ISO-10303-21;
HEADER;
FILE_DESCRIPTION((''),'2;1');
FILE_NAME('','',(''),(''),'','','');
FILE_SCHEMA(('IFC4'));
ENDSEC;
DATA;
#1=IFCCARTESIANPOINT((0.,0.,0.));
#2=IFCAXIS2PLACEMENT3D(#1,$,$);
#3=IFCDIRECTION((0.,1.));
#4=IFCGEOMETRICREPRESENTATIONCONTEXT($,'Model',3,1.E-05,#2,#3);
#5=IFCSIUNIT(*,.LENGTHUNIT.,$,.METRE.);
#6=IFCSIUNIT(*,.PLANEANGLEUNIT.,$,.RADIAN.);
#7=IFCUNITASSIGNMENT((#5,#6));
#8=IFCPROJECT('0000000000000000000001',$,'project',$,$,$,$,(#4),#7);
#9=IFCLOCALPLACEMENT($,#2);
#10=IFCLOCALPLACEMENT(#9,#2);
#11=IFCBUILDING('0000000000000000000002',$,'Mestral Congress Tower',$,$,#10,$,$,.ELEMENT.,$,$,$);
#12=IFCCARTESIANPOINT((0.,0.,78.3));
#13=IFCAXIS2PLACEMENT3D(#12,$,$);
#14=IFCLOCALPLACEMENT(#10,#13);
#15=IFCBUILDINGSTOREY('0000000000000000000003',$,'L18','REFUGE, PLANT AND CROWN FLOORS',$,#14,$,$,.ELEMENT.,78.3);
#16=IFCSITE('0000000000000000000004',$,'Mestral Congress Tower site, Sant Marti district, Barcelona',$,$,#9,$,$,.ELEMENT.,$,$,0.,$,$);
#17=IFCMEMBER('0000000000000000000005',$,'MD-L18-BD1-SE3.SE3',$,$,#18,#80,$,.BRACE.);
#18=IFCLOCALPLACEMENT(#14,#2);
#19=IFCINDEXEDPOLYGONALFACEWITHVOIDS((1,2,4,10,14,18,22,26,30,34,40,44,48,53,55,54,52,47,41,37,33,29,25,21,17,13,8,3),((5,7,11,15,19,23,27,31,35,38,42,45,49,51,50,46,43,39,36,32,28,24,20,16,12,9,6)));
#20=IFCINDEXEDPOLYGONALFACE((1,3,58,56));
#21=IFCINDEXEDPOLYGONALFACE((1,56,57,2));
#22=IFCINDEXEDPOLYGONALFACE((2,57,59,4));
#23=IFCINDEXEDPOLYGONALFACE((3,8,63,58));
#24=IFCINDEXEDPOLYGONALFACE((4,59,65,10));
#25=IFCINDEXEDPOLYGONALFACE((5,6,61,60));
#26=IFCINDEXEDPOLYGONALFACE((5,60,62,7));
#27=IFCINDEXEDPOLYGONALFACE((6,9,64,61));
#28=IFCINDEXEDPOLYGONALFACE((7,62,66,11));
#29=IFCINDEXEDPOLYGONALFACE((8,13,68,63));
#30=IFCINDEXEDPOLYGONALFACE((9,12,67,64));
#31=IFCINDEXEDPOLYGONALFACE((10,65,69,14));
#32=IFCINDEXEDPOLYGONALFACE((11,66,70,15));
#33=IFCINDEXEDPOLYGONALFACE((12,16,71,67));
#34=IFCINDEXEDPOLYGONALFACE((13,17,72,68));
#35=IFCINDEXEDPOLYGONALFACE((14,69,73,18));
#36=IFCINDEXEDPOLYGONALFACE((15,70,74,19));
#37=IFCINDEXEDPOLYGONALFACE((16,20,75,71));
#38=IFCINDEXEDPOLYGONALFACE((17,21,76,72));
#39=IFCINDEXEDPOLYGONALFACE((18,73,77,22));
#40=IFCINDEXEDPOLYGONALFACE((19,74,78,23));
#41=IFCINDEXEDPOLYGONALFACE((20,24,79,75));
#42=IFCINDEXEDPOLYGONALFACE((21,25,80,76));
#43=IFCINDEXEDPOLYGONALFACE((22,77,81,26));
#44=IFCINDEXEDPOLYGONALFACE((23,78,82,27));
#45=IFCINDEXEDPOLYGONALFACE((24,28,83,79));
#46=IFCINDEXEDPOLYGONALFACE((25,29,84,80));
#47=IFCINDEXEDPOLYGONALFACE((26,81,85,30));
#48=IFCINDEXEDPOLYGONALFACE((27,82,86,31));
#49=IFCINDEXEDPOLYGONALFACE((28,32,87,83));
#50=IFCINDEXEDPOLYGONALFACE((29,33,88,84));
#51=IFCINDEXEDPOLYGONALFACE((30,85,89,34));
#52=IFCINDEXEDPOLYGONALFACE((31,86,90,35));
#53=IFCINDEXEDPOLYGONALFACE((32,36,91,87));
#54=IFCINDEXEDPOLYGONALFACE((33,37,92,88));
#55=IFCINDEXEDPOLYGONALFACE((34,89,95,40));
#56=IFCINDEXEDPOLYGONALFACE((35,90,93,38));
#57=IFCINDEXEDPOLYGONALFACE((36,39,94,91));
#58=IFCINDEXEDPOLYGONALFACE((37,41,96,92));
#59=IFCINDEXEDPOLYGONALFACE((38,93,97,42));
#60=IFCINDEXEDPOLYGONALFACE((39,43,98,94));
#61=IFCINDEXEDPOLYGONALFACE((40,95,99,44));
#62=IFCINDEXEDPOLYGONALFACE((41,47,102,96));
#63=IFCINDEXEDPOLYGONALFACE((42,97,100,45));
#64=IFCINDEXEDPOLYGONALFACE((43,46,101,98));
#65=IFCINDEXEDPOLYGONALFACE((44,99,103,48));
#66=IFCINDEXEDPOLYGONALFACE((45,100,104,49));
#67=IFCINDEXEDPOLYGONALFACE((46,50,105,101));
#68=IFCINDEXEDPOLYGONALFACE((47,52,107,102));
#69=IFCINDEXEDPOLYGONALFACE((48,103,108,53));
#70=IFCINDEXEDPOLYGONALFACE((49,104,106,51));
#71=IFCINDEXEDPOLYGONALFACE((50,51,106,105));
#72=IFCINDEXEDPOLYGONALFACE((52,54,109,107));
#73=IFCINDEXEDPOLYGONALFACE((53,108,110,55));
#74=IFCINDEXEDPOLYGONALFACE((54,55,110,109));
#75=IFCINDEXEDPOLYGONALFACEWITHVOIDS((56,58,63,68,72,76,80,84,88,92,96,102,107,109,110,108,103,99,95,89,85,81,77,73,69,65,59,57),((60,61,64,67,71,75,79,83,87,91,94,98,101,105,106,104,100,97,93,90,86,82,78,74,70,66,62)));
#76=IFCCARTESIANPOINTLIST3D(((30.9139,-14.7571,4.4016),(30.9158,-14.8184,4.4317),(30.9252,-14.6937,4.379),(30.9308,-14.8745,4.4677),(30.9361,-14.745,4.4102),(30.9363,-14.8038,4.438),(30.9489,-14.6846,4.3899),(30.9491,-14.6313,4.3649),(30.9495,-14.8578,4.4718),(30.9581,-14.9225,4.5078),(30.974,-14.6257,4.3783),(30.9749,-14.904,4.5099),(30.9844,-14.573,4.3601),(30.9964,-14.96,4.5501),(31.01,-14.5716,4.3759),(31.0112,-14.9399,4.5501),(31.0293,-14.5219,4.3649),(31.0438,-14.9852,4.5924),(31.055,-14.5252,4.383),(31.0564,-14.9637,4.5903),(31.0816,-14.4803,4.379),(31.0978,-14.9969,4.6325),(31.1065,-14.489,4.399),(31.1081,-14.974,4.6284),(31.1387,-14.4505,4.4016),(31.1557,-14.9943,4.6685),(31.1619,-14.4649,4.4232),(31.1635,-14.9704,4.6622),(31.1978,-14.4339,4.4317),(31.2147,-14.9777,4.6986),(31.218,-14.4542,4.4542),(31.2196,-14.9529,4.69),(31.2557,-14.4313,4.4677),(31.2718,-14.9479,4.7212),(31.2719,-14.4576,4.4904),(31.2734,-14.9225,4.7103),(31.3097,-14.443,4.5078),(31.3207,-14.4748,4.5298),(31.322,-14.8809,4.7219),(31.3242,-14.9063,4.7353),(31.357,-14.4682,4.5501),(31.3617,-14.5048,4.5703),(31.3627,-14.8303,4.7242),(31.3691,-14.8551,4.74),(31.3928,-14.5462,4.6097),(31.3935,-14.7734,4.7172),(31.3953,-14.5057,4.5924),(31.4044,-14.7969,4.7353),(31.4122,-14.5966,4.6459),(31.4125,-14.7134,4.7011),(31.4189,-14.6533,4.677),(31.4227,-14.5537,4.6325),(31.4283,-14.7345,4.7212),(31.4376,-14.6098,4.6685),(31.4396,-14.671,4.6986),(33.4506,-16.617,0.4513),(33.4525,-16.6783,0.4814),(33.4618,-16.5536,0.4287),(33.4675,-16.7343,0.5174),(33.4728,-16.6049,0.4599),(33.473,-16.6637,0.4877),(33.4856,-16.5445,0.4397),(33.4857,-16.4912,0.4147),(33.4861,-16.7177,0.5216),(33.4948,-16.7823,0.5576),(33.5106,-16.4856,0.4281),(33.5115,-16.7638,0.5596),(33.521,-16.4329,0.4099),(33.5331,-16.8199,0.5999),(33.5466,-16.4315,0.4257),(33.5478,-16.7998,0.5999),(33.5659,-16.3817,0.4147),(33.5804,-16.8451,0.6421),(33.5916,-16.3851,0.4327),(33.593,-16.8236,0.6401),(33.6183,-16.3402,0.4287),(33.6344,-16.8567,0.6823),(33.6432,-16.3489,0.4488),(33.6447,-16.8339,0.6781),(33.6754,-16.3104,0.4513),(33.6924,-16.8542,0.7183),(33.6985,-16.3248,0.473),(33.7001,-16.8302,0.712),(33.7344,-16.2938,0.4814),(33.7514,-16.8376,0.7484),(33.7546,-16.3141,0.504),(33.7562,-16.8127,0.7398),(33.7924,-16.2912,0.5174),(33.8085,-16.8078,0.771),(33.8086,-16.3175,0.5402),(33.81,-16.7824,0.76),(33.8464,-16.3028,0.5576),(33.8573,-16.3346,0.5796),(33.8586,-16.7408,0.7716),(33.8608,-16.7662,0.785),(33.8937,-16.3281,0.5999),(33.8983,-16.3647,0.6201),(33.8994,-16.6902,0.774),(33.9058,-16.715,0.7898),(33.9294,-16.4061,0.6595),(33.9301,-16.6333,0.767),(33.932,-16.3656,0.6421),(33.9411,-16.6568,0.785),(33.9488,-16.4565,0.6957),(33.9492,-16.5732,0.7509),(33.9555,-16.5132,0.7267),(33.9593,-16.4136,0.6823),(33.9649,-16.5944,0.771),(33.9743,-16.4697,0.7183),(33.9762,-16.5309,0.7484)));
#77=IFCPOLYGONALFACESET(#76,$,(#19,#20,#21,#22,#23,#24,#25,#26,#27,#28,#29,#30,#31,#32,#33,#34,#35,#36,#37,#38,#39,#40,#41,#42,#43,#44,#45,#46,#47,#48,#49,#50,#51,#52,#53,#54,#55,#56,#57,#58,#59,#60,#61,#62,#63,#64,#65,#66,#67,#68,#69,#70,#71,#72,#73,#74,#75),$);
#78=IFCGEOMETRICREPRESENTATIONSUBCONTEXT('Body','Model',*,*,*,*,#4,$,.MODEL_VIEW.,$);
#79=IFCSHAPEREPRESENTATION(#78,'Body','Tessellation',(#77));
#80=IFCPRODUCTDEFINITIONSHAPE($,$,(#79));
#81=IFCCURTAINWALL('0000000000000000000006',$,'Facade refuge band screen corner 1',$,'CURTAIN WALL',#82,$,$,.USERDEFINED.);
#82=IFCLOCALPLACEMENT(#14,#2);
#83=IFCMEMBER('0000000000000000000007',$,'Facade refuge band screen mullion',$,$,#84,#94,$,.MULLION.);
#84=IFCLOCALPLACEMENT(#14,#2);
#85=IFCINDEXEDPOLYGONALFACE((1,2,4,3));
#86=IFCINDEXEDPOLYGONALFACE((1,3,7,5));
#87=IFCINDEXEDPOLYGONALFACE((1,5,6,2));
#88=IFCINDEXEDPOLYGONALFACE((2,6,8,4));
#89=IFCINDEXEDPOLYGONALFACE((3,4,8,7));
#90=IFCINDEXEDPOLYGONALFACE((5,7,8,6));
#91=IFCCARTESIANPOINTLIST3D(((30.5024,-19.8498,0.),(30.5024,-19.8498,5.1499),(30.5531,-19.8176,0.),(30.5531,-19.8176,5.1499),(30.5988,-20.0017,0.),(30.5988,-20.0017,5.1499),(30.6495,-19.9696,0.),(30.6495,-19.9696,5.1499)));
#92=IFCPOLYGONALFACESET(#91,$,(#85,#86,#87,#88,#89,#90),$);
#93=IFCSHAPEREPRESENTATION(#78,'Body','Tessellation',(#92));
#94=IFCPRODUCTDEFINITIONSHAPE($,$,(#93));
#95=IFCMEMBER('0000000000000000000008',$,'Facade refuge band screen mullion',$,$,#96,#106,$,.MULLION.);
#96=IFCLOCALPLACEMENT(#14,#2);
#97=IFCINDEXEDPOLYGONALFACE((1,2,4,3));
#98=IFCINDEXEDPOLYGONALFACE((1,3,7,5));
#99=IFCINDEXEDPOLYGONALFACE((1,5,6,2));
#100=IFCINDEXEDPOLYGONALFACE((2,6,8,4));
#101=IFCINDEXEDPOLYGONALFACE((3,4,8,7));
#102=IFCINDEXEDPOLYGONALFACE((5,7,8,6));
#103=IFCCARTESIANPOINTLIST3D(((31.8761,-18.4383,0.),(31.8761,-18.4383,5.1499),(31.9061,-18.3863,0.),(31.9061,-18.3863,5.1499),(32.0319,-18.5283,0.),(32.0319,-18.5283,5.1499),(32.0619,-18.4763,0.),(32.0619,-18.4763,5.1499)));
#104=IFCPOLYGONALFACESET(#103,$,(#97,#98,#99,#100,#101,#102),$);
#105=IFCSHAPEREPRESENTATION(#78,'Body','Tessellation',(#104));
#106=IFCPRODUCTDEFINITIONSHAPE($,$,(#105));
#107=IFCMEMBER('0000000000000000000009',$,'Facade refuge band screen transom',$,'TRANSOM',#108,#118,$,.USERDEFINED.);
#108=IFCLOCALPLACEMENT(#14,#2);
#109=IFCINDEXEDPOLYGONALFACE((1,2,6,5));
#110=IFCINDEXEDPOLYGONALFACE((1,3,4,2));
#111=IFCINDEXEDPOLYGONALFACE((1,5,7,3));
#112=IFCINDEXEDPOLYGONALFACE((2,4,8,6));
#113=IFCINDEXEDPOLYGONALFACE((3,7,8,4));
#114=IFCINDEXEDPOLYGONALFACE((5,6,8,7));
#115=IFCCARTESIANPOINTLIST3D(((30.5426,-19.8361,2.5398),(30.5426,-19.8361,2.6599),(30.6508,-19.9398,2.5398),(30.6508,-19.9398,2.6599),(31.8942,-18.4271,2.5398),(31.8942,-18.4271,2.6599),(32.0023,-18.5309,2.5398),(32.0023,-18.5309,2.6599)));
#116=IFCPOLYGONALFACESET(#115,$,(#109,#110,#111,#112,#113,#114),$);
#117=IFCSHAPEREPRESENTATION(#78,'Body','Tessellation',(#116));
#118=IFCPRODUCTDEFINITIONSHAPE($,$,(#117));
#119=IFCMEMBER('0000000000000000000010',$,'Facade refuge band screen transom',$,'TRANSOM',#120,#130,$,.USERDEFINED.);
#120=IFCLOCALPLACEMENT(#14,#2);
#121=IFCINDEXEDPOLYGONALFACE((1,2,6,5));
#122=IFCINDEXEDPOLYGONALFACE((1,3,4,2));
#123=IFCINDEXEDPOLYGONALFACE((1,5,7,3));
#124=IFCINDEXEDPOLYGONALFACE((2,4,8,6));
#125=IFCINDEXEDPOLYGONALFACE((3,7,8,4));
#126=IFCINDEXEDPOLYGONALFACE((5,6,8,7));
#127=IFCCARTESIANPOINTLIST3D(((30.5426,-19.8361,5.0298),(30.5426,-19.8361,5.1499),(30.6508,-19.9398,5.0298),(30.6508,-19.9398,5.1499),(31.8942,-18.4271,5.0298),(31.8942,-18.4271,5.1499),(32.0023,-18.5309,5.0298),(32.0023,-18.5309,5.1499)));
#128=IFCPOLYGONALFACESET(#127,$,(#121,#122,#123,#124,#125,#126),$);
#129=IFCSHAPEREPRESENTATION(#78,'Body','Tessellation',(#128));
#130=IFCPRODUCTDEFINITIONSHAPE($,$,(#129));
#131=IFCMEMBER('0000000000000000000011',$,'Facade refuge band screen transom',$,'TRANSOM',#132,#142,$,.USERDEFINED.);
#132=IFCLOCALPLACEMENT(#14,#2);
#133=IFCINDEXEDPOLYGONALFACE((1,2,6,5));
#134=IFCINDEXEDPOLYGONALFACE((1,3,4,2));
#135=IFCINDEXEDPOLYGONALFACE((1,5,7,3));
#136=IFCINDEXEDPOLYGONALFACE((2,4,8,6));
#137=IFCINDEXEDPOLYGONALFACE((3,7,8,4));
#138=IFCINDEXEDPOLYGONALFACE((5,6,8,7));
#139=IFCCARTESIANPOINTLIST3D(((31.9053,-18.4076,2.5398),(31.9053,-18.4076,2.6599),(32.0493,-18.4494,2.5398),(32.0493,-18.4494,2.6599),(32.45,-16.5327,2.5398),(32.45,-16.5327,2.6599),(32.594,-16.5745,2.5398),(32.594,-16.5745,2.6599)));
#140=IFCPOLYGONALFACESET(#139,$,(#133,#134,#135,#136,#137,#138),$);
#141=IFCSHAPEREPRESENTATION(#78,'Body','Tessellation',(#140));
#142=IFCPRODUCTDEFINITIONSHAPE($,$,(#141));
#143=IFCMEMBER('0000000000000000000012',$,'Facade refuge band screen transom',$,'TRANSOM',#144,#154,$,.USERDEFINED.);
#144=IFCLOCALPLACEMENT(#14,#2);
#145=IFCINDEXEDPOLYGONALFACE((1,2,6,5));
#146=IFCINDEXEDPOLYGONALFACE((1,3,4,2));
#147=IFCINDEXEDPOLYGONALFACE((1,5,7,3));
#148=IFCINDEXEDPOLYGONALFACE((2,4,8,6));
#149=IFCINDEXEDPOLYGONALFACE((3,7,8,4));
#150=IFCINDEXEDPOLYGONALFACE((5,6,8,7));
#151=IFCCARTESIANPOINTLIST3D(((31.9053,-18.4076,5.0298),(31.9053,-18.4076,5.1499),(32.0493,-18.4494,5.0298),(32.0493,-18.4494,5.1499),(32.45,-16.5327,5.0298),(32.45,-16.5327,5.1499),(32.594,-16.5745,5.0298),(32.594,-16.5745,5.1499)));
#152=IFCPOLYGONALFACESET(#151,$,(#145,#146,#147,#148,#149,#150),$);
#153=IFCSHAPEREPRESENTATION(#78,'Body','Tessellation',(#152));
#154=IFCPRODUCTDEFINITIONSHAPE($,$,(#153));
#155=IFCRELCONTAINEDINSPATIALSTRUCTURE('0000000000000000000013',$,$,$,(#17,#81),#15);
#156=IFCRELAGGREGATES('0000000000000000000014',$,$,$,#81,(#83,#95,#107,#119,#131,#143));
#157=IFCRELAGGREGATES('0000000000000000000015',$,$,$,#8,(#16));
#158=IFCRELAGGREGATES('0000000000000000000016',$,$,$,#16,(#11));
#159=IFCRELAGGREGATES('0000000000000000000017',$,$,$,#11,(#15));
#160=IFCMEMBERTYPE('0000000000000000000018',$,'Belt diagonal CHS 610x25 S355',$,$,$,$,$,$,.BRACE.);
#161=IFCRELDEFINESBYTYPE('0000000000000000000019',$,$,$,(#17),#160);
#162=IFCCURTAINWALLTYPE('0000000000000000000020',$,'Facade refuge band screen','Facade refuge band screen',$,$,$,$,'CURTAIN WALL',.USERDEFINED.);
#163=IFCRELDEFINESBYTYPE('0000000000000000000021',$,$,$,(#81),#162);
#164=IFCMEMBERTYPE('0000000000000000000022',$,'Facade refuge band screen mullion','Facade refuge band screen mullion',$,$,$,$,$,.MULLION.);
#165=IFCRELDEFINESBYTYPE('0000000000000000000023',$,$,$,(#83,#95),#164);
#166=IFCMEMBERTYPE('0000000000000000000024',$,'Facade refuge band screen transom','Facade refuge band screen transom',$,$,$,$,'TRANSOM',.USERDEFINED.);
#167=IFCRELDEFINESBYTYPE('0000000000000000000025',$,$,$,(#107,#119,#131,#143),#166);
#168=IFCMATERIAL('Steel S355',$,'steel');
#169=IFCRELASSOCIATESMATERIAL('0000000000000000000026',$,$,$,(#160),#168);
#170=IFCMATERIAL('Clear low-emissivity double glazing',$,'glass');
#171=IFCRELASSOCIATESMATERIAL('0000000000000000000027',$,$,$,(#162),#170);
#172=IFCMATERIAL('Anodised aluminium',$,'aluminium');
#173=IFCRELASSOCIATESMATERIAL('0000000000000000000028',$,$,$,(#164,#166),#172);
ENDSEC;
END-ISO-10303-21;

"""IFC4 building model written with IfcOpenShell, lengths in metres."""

from ifc_helpers import new_model, si_unit, direction, frame, origin, origin_2d, place, context, subcontext, project, spatial, rectangle, hollow_circle, extrude, material, material_profile, profile_set, type_object, element, aggregate, save


model = new_model("IFC4")

# Units and contexts
model_context = context("Model", 3, precision=1e-05, world=origin(), true_north=direction((0.0, 1.0)))
body_context = subcontext(model_context, "Body", "Model", "MODEL_VIEW")
ifc_project = project(units=[si_unit("LENGTHUNIT", "METRE"), si_unit("PLANEANGLEUNIT", "RADIAN")], contexts=[model_context])

# Site, building, storey
site_placement = place(None, origin())
site = spatial("IfcSite", under=ifc_project, at=site_placement, Name="Mestral Congress Tower site, Sant Marti district, Barcelona", CompositionType="ELEMENT", RefElevation=0.0)
building_placement = place(site_placement, origin())
building = spatial("IfcBuilding", under=site, at=building_placement, Name="Mestral Congress Tower", CompositionType="ELEMENT")
storey_placement = place(building_placement, frame((0.0, 0.0, 78.3)))
storey = spatial("IfcBuildingStorey", under=building, at=storey_placement, Name="L18", Description="REFUGE, PLANT AND CROWN FLOORS", CompositionType="ELEMENT", Elevation=78.3)

# Member
ifc_material_1 = material(Name="Steel S355", Category="steel")
ifc_material_profile_1 = material_profile(ifc_material_1, hollow_circle(Radius=0.3049, WallThickness=0.0249, at=origin_2d()), Name="CHS 610x25")
ifc_profile_set_1 = profile_set([ifc_material_profile_1], Name="Steel S355")
member_type_1 = type_object("IfcMemberType", Name="Belt diagonal CHS 610x25 S355", PredefinedType="BRACE", material=ifc_profile_set_1)
member_1_placement = place(storey_placement, frame((33.7134, -16.574, 0.5999), z_axis=(-0.50235, 0.368325, 0.782292), x_axis=(-0.591296, -0.806454, 0.0)))
element("IfcMember", 1, at=member_1_placement, inside=storey, type_object=member_type_1, Name="MD-L18-BD1-SE3.SE3", PredefinedType="BRACE", context=body_context, shape_type="SweptSolid", body=[
    extrude(hollow_circle(Radius=0.3049, WallThickness=0.0249, at=origin_2d()), origin(), (0.0, 0.0, 1.0), 5.0496),
])

# Curtain wall, members
ifc_material_2 = material(Name="Clear low-emissivity double glazing", Category="glass")
curtain_wall_type = type_object("IfcCurtainWallType", Name="Facade refuge band screen", Description="Facade refuge band screen", ElementType="CURTAIN WALL", PredefinedType="USERDEFINED", material=ifc_material_2)
curtain_wall_placement = place(storey_placement, origin())
curtain_wall = element("IfcCurtainWall", 2, at=curtain_wall_placement, inside=storey, type_object=curtain_wall_type, Name="Facade refuge band screen corner 1", ObjectType="CURTAIN WALL", PredefinedType="USERDEFINED")
ifc_material_3 = material(Name="Anodised aluminium", Category="aluminium")
ifc_material_profile_2 = material_profile(ifc_material_3, rectangle(XDim=0.1799, YDim=0.0601, at=origin_2d()), Name="CW3 mullion 180 x 60")
ifc_profile_set_2 = profile_set([ifc_material_profile_2], Name="Anodised aluminium")
member_type_2 = type_object("IfcMemberType", Name="Facade refuge band screen mullion", Description="Facade refuge band screen mullion", PredefinedType="MULLION", material=ifc_profile_set_2)
member_2_placement = place(storey_placement, frame((30.5759, -19.9097, 0.0), z_axis=(0.0, 0.0, 1.0), x_axis=(0.535579, -0.844485, 0.0)))
member_2 = element("IfcMember", 3, at=member_2_placement, type_object=member_type_2, Name="Facade refuge band screen mullion", PredefinedType="MULLION", context=body_context, shape_type="SweptSolid", body=[
    extrude(rectangle(XDim=0.1799, YDim=0.0601, at=origin_2d()), origin(), (0.0, 0.0, 1.0), 5.1499),
])
member_3_placement = place(storey_placement, frame((31.969, -18.4573, 0.0), z_axis=(0.0, 0.0, 1.0), x_axis=(0.866025, -0.5, 0.0)))
member_3 = element("IfcMember", 4, at=member_3_placement, type_object=member_type_2, Name="Facade refuge band screen mullion", PredefinedType="MULLION", context=body_context, shape_type="SweptSolid", body=[
    extrude(rectangle(XDim=0.1799, YDim=0.0601, at=origin_2d()), origin(), (0.0, 0.0, 1.0), 5.1499),
])
ifc_material_profile_3 = material_profile(ifc_material_3, rectangle(XDim=0.1499, YDim=0.1201, at=origin_2d()), Name="CW3 transom 150 x 120")
ifc_profile_set_3 = profile_set([ifc_material_profile_3], Name="Anodised aluminium")
member_type_3 = type_object("IfcMemberType", Name="Facade refuge band screen transom", Description="Facade refuge band screen transom", ElementType="TRANSOM", PredefinedType="USERDEFINED", material=ifc_profile_set_3)
member_4_placement = place(storey_placement, frame((30.5967, -19.8879, 2.5999), z_axis=(0.692261, 0.721647, 0.0), x_axis=(-0.721647, 0.692261, 0.0)))
member_4 = element("IfcMember", 5, at=member_4_placement, type_object=member_type_3, Name="Facade refuge band screen transom", ObjectType="TRANSOM", PredefinedType="USERDEFINED", context=body_context, shape_type="SweptSolid", body=[
    extrude(rectangle(XDim=0.1499, YDim=0.1201, at=origin_2d()), origin(), (0.0, 0.0, 1.0), 1.9524),
])
member_5_placement = place(storey_placement, frame((30.5967, -19.8879, 5.0898), z_axis=(0.692261, 0.721647, 0.0), x_axis=(-0.721647, 0.692261, 0.0)))
member_5 = element("IfcMember", 6, at=member_5_placement, type_object=member_type_3, Name="Facade refuge band screen transom", ObjectType="TRANSOM", PredefinedType="USERDEFINED", context=body_context, shape_type="SweptSolid", body=[
    extrude(rectangle(XDim=0.1499, YDim=0.1201, at=origin_2d()), origin(), (0.0, 0.0, 1.0), 1.9524),
])
member_6_placement = place(storey_placement, frame((31.9773, -18.4285, 2.5999), z_axis=(0.278996, 0.960292, 0.0), x_axis=(-0.960292, 0.278996, 0.0)))
member_6 = element("IfcMember", 7, at=member_6_placement, type_object=member_type_3, Name="Facade refuge band screen transom", ObjectType="TRANSOM", PredefinedType="USERDEFINED", context=body_context, shape_type="SweptSolid", body=[
    extrude(rectangle(XDim=0.1499, YDim=0.1201, at=origin_2d()), origin(), (0.0, 0.0, 1.0), 1.9524),
])
member_7_placement = place(storey_placement, frame((31.9773, -18.4285, 5.0898), z_axis=(0.278996, 0.960292, 0.0), x_axis=(-0.960292, 0.278996, 0.0)))
member_7 = element("IfcMember", 8, at=member_7_placement, type_object=member_type_3, Name="Facade refuge band screen transom", ObjectType="TRANSOM", PredefinedType="USERDEFINED", context=body_context, shape_type="SweptSolid", body=[
    extrude(rectangle(XDim=0.1499, YDim=0.1201, at=origin_2d()), origin(), (0.0, 0.0, 1.0), 1.9524),
])

aggregate(curtain_wall, [member_2, member_3, member_4, member_5, member_6, member_7])

save(model, "model.ifc")
